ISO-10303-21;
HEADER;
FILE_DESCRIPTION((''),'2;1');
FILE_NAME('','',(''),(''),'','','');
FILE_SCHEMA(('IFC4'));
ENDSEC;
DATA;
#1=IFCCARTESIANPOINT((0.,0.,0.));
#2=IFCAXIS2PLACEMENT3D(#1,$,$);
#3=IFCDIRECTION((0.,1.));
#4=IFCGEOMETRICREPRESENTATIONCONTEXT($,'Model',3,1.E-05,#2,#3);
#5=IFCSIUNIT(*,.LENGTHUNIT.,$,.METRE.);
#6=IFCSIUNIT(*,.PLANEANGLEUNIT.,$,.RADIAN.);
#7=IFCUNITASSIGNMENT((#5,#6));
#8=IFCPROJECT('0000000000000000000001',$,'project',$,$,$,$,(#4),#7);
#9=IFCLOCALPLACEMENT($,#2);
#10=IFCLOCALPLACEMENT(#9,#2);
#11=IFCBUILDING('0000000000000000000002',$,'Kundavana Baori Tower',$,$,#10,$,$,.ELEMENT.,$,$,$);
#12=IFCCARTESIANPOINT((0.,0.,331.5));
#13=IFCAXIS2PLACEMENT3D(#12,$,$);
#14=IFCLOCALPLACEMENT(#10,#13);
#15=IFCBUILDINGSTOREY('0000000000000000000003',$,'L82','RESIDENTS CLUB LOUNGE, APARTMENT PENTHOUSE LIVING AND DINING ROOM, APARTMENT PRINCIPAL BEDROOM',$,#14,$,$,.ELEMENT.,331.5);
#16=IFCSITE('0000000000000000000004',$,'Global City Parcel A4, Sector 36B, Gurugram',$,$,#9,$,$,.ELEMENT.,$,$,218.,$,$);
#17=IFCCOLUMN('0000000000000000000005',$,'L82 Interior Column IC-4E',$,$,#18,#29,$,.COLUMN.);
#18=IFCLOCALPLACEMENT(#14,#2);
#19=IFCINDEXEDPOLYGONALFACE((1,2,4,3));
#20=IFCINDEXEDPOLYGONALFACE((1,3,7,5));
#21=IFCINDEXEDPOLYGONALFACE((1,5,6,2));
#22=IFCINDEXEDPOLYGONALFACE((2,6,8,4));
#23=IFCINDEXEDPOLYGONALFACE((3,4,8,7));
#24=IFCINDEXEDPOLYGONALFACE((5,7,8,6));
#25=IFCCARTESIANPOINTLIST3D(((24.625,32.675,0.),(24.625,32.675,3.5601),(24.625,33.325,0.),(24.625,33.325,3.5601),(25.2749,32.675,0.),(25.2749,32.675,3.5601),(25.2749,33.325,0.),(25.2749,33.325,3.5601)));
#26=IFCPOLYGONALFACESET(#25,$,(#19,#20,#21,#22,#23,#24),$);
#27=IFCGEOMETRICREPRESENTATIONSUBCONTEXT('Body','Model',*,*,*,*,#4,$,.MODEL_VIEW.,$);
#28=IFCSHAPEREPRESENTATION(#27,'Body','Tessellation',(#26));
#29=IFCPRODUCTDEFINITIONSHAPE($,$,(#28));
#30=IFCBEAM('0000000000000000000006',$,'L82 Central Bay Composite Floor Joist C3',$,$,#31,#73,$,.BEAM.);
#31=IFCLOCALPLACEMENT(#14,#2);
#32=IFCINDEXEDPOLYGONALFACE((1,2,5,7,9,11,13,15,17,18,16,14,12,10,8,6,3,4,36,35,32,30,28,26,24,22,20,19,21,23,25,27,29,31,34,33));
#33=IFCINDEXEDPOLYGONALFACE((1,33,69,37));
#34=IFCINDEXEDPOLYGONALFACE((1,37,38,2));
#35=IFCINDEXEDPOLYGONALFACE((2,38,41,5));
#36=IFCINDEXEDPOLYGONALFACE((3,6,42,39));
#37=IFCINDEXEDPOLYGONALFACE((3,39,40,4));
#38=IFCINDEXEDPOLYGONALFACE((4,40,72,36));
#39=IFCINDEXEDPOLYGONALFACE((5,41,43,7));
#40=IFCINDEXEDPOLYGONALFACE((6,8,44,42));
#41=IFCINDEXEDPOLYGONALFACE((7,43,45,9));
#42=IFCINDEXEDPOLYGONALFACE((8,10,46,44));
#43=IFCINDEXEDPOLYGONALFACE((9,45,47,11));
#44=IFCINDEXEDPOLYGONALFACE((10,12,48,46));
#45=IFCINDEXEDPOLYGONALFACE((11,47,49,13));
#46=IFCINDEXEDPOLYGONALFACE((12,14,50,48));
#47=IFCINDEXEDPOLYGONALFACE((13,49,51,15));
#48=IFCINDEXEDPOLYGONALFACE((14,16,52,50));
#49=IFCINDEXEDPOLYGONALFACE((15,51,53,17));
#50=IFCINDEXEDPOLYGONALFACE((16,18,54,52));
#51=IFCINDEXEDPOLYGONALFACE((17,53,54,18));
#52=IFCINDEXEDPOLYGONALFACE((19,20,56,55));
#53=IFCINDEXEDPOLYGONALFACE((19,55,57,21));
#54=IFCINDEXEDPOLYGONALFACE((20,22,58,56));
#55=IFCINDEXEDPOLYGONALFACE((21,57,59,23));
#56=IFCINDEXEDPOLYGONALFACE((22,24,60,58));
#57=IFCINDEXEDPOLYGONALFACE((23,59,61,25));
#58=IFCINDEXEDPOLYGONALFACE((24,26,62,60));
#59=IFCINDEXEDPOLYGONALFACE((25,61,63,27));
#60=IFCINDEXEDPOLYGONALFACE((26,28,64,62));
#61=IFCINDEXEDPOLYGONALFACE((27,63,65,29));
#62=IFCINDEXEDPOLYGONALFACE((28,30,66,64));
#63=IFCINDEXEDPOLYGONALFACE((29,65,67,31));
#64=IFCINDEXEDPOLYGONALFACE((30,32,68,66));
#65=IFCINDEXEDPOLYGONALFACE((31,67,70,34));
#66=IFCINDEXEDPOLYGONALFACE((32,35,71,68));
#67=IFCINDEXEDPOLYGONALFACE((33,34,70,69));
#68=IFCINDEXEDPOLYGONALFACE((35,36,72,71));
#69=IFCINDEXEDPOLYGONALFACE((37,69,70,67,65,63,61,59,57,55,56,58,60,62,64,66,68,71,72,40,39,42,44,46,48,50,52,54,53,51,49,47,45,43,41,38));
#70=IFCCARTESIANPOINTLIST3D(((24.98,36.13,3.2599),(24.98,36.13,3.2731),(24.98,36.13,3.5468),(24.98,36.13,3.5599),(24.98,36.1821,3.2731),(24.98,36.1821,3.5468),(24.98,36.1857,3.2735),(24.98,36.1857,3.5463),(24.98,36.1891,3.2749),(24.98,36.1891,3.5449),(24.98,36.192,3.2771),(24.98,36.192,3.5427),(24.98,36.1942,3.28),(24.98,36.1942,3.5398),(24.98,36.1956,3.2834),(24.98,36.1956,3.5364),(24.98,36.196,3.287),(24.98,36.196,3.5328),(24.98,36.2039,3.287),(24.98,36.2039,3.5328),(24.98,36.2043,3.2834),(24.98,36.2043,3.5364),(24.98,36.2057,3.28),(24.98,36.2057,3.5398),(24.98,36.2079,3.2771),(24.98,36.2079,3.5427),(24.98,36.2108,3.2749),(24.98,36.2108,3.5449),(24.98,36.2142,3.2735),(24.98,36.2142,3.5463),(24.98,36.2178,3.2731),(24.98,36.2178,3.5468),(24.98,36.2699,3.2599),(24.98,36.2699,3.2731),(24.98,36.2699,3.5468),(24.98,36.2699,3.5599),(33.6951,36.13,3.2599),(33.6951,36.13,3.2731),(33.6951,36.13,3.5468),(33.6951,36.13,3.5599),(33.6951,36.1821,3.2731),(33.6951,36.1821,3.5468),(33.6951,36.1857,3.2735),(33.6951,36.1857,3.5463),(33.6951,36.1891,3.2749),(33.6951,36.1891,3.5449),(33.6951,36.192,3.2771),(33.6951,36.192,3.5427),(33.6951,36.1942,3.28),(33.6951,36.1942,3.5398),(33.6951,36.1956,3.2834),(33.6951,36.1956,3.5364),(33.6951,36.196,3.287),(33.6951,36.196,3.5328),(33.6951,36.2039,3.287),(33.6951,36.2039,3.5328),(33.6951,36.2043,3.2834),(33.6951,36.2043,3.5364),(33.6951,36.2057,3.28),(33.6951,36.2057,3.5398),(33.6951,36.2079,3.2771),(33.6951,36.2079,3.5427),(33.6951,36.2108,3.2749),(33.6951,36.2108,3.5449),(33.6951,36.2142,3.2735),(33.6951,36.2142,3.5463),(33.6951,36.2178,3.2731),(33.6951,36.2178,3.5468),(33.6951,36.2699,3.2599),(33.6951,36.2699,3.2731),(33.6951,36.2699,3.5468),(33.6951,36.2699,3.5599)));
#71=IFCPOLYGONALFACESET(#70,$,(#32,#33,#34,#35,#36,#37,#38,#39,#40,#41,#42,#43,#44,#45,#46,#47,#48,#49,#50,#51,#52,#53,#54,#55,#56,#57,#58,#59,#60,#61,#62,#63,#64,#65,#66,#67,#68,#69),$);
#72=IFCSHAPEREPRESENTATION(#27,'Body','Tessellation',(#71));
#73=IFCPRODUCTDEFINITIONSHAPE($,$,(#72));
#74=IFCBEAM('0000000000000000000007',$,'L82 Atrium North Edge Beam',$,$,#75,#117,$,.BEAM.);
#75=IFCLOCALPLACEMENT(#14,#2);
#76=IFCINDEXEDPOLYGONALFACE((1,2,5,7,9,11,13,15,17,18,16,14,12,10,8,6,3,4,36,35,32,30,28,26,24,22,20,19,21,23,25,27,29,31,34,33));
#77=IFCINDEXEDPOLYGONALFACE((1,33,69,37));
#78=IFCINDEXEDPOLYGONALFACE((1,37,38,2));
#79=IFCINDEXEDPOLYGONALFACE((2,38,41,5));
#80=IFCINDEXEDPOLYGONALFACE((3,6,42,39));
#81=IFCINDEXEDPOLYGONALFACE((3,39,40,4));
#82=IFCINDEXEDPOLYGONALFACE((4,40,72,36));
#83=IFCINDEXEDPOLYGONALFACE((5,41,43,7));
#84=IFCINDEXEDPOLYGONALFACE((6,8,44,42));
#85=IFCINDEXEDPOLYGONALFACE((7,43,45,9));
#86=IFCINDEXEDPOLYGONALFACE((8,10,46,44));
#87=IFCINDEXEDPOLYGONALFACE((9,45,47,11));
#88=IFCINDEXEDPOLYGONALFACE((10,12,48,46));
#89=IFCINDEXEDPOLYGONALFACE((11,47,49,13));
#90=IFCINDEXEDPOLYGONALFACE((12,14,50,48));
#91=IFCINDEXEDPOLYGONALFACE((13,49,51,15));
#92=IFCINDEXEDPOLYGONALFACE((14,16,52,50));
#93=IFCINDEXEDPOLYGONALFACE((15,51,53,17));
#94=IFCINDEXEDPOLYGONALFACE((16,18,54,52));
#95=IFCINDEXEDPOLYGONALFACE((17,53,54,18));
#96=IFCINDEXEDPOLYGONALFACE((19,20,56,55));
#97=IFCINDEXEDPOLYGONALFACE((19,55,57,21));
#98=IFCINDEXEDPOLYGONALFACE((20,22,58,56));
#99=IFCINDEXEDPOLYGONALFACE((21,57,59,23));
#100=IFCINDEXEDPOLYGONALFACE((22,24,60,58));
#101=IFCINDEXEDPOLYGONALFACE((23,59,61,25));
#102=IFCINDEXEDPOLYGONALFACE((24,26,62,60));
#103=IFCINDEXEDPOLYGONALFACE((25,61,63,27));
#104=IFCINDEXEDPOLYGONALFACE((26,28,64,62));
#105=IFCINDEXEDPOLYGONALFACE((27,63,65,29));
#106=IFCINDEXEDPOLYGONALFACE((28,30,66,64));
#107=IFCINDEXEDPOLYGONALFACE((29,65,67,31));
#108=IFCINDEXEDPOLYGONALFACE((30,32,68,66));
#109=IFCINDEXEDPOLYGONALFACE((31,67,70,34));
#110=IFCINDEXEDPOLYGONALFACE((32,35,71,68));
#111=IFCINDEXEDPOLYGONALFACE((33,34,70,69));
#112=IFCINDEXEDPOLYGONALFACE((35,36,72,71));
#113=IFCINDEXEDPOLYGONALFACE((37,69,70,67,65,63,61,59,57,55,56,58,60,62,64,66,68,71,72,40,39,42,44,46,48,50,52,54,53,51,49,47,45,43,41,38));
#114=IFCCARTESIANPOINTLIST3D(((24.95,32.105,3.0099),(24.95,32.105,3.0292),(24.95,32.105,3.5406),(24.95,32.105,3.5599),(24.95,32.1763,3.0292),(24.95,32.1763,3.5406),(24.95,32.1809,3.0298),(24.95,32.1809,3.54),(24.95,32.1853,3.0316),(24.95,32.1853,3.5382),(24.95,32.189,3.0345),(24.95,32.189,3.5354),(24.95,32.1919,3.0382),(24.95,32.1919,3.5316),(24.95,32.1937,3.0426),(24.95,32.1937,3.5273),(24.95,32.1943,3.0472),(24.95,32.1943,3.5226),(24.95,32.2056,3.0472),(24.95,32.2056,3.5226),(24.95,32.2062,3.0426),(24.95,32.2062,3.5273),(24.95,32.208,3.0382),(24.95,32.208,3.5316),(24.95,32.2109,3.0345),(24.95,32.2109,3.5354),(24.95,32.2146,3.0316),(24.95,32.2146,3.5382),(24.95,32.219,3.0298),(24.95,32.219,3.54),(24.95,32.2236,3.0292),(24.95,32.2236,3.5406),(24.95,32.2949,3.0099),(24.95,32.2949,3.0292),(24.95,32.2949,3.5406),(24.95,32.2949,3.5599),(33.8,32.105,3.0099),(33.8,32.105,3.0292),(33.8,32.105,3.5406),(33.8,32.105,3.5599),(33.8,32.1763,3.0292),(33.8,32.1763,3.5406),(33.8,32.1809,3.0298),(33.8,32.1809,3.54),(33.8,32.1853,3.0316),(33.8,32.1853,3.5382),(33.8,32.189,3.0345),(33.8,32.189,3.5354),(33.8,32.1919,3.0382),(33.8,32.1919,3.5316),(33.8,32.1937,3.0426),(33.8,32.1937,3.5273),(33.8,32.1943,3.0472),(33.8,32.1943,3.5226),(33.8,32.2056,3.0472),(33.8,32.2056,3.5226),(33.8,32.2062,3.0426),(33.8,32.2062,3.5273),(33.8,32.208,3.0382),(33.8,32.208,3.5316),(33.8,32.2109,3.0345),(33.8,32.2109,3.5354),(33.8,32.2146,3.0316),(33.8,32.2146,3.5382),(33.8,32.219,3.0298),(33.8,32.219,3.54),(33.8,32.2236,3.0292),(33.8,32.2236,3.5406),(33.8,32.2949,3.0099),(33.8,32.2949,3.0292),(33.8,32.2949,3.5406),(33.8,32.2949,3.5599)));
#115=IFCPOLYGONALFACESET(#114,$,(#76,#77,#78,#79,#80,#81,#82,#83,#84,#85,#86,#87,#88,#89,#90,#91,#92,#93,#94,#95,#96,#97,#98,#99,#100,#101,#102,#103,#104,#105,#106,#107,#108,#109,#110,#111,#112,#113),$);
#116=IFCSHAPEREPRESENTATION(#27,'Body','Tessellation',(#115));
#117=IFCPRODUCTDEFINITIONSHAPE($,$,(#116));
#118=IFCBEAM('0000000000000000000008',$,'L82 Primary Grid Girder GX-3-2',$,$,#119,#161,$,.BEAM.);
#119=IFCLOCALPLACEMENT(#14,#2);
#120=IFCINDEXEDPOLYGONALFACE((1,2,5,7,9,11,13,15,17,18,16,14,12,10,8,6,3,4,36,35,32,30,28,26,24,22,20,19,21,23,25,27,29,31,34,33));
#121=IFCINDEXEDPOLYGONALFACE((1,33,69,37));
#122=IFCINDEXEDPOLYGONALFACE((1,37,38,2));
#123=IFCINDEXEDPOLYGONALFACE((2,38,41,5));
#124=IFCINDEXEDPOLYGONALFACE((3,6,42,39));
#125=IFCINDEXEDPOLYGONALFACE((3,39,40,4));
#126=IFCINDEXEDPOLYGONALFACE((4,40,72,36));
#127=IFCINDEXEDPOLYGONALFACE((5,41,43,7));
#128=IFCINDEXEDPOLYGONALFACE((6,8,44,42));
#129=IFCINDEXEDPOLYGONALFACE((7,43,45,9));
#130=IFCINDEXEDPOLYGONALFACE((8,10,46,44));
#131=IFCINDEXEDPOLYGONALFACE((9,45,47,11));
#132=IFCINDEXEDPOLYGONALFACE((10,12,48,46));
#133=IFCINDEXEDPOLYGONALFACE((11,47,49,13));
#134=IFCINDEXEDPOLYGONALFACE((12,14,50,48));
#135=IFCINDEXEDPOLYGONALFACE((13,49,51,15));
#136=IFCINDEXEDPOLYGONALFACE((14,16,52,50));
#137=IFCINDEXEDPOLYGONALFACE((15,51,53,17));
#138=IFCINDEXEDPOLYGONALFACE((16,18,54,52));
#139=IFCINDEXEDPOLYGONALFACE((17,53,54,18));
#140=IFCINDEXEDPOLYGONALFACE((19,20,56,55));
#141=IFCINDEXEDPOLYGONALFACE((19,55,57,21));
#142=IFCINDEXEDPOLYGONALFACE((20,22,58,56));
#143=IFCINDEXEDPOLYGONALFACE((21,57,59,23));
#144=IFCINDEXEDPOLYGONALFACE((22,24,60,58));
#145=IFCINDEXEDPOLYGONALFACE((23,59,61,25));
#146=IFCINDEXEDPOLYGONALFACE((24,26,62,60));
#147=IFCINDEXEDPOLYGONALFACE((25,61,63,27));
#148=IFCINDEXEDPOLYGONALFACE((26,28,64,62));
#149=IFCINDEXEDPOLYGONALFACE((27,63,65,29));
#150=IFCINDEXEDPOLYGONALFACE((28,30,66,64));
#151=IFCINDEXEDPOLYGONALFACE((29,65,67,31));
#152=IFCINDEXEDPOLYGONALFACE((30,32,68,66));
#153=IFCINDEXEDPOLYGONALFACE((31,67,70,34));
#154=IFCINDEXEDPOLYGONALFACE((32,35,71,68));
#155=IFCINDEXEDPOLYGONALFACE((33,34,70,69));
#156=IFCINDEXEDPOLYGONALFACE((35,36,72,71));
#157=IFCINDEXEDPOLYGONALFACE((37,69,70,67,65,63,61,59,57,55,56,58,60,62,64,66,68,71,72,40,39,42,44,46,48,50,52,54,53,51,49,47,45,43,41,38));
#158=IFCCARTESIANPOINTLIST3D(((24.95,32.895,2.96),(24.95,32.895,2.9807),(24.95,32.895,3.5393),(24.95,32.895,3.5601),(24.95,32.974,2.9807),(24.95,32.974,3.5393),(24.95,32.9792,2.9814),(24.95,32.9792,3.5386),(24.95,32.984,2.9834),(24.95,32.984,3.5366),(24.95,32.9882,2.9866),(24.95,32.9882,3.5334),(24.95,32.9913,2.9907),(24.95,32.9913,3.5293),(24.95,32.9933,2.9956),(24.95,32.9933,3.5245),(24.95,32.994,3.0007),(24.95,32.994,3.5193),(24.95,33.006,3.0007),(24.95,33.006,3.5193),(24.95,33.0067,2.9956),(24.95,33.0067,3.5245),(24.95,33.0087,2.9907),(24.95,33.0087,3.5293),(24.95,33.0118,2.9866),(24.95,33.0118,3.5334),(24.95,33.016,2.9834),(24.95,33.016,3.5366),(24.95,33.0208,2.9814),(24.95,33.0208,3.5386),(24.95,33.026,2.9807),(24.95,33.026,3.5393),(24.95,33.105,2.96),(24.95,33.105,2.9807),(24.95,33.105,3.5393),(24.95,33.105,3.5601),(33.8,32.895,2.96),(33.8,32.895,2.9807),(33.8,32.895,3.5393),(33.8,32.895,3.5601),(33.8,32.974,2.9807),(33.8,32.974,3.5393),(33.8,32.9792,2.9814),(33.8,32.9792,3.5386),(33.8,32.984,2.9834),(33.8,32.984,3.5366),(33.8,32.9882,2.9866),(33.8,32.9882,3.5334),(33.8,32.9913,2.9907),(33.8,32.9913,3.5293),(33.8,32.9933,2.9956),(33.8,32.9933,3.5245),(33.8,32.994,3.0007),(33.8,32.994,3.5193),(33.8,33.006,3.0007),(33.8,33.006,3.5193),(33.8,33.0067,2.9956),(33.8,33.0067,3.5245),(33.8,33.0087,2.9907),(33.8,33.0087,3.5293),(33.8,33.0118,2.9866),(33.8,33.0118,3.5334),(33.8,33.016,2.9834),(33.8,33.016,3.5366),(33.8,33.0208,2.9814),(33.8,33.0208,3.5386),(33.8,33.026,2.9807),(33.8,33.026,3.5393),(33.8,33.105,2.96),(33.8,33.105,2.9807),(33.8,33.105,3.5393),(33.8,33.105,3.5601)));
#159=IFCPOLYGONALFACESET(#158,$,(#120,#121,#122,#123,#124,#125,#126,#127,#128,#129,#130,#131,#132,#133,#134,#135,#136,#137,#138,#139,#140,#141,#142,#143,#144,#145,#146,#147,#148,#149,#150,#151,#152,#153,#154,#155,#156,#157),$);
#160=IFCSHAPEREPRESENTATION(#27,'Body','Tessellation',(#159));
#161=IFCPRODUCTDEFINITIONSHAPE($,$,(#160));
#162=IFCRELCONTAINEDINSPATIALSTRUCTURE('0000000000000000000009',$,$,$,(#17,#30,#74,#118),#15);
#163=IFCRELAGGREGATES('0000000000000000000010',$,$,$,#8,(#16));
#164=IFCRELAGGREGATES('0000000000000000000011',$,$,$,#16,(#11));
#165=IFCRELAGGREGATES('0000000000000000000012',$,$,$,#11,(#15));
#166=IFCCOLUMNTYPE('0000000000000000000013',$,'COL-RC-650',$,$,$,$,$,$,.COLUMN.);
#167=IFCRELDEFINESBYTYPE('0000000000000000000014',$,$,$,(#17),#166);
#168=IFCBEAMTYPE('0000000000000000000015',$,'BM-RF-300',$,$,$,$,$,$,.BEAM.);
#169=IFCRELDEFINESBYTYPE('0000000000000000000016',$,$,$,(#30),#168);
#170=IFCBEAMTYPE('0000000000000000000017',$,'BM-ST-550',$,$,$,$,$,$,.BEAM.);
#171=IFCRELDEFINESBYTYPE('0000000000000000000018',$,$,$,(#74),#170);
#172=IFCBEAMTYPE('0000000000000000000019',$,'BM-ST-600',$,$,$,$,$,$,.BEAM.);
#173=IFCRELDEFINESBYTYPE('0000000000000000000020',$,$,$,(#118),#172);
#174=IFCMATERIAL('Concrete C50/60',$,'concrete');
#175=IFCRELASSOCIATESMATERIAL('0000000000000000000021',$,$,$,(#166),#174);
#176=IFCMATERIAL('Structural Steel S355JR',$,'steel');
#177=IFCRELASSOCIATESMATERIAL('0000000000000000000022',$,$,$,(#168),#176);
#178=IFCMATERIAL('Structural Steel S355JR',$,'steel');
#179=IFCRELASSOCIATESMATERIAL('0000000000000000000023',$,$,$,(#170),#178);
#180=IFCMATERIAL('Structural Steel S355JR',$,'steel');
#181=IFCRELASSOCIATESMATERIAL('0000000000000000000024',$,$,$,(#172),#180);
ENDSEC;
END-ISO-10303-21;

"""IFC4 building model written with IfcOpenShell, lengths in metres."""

from ifc_helpers import new_model, si_unit, direction, frame, origin, origin_2d, place, context, subcontext, project, spatial, rectangle, i_section, extrude, material, material_profile, profile_set, type_object, element, save


model = new_model("IFC4")

# Units and contexts
model_context = context("Model", 3, precision=1e-05, world=origin(), true_north=direction((0.0, 1.0)))
body_context = subcontext(model_context, "Body", "Model", "MODEL_VIEW")
ifc_project = project(units=[si_unit("LENGTHUNIT", "METRE"), si_unit("PLANEANGLEUNIT", "RADIAN")], contexts=[model_context])

# Site, building, storey
site_placement = place(None, origin())
site = spatial("IfcSite", under=ifc_project, at=site_placement, Name="Global City Parcel A4, Sector 36B, Gurugram", CompositionType="ELEMENT", RefElevation=218.0)
building_placement = place(site_placement, origin())
building = spatial("IfcBuilding", under=site, at=building_placement, Name="Kundavana Baori Tower", CompositionType="ELEMENT")
storey_placement = place(building_placement, frame((0.0, 0.0, 331.5)))
storey = spatial("IfcBuildingStorey", under=building, at=storey_placement, Name="L82", Description="RESIDENTS CLUB LOUNGE, APARTMENT PENTHOUSE LIVING AND DINING ROOM, APARTMENT PRINCIPAL BEDROOM", CompositionType="ELEMENT", Elevation=331.5)

# Column
ifc_material_1 = material(Name="Concrete C50/60", Category="concrete")
ifc_material_profile_1 = material_profile(ifc_material_1, rectangle(XDim=0.6499, YDim=0.6499, at=origin_2d()), Name="RC 650x650")
ifc_profile_set_1 = profile_set([ifc_material_profile_1], Name="Concrete C50/60")
column_type = type_object("IfcColumnType", Name="COL-RC-650", PredefinedType="COLUMN", material=ifc_profile_set_1)
column_placement = place(storey_placement, frame((24.95, 33.0, 0.0), z_axis=(0.0, 0.0, 1.0), x_axis=(1.0, 0.0, 0.0)))
element("IfcColumn", 1, at=column_placement, inside=storey, type_object=column_type, Name="L82 Interior Column IC-4E", PredefinedType="COLUMN", context=body_context, shape_type="SweptSolid", body=[
    extrude(rectangle(XDim=0.6499, YDim=0.6499, at=origin_2d()), origin(), (0.0, 0.0, 1.0), 3.5601),
])

# Beams
ifc_material_2 = material(Name="Structural Steel S355JR", Category="steel")
ifc_material_profile_2 = material_profile(ifc_material_2, i_section(OverallWidth=0.1399, OverallDepth=0.3, WebThickness=0.0078, FlangeThickness=0.0132, FilletRadius=0.0139, at=origin_2d()), Name="ISMB 300")
ifc_profile_set_2 = profile_set([ifc_material_profile_2], Name="Structural Steel S355JR")
beam_type_1 = type_object("IfcBeamType", Name="BM-RF-300", PredefinedType="BEAM", material=ifc_profile_set_2)
beam_1_placement = place(storey_placement, frame((24.98, 36.2, 3.4099), z_axis=(1.0, 0.0, 0.0), x_axis=(0.0, 1.0, 0.0)))
element("IfcBeam", 2, at=beam_1_placement, inside=storey, type_object=beam_type_1, Name="L82 Central Bay Composite Floor Joist C3", PredefinedType="BEAM", context=body_context, shape_type="SweptSolid", body=[
    extrude(i_section(OverallWidth=0.1399, OverallDepth=0.3, WebThickness=0.0078, FlangeThickness=0.0132, FilletRadius=0.0139, at=origin_2d()), origin(), (0.0, 0.0, 1.0), 8.7151),
])
ifc_material_3 = material(Name="Structural Steel S355JR", Category="steel")
ifc_material_profile_3 = material_profile(ifc_material_3, i_section(OverallWidth=0.1899, OverallDepth=0.55, WebThickness=0.0112, FlangeThickness=0.0193, FilletRadius=0.0181, at=origin_2d()), Name="ISMB 550")
ifc_profile_set_3 = profile_set([ifc_material_profile_3], Name="Structural Steel S355JR")
beam_type_2 = type_object("IfcBeamType", Name="BM-ST-550", PredefinedType="BEAM", material=ifc_profile_set_3)
beam_2_placement = place(storey_placement, frame((24.95, 32.2, 3.2849), z_axis=(1.0, 0.0, 0.0), x_axis=(0.0, 1.0, 0.0)))
element("IfcBeam", 3, at=beam_2_placement, inside=storey, type_object=beam_type_2, Name="L82 Atrium North Edge Beam", PredefinedType="BEAM", context=body_context, shape_type="SweptSolid", body=[
    extrude(i_section(OverallWidth=0.1899, OverallDepth=0.55, WebThickness=0.0112, FlangeThickness=0.0193, FilletRadius=0.0181, at=origin_2d()), origin(), (0.0, 0.0, 1.0), 8.8501),
])
ifc_material_4 = material(Name="Structural Steel S355JR", Category="steel")
ifc_material_profile_4 = material_profile(ifc_material_4, i_section(OverallWidth=0.21, OverallDepth=0.6001, WebThickness=0.012, FlangeThickness=0.0208, FilletRadius=0.02, at=origin_2d()), Name="ISMB 600")
ifc_profile_set_4 = profile_set([ifc_material_profile_4], Name="Structural Steel S355JR")
beam_type_3 = type_object("IfcBeamType", Name="BM-ST-600", PredefinedType="BEAM", material=ifc_profile_set_4)
beam_3_placement = place(storey_placement, frame((24.95, 33.0, 3.26), z_axis=(1.0, 0.0, 0.0), x_axis=(0.0, 1.0, 0.0)))
element("IfcBeam", 4, at=beam_3_placement, inside=storey, type_object=beam_type_3, Name="L82 Primary Grid Girder GX-3-2", PredefinedType="BEAM", context=body_context, shape_type="SweptSolid", body=[
    extrude(i_section(OverallWidth=0.21, OverallDepth=0.6001, WebThickness=0.012, FlangeThickness=0.0208, FilletRadius=0.02, at=origin_2d()), origin(), (0.0, 0.0, 1.0), 8.8501),
])

save(model, "model.ifc")
